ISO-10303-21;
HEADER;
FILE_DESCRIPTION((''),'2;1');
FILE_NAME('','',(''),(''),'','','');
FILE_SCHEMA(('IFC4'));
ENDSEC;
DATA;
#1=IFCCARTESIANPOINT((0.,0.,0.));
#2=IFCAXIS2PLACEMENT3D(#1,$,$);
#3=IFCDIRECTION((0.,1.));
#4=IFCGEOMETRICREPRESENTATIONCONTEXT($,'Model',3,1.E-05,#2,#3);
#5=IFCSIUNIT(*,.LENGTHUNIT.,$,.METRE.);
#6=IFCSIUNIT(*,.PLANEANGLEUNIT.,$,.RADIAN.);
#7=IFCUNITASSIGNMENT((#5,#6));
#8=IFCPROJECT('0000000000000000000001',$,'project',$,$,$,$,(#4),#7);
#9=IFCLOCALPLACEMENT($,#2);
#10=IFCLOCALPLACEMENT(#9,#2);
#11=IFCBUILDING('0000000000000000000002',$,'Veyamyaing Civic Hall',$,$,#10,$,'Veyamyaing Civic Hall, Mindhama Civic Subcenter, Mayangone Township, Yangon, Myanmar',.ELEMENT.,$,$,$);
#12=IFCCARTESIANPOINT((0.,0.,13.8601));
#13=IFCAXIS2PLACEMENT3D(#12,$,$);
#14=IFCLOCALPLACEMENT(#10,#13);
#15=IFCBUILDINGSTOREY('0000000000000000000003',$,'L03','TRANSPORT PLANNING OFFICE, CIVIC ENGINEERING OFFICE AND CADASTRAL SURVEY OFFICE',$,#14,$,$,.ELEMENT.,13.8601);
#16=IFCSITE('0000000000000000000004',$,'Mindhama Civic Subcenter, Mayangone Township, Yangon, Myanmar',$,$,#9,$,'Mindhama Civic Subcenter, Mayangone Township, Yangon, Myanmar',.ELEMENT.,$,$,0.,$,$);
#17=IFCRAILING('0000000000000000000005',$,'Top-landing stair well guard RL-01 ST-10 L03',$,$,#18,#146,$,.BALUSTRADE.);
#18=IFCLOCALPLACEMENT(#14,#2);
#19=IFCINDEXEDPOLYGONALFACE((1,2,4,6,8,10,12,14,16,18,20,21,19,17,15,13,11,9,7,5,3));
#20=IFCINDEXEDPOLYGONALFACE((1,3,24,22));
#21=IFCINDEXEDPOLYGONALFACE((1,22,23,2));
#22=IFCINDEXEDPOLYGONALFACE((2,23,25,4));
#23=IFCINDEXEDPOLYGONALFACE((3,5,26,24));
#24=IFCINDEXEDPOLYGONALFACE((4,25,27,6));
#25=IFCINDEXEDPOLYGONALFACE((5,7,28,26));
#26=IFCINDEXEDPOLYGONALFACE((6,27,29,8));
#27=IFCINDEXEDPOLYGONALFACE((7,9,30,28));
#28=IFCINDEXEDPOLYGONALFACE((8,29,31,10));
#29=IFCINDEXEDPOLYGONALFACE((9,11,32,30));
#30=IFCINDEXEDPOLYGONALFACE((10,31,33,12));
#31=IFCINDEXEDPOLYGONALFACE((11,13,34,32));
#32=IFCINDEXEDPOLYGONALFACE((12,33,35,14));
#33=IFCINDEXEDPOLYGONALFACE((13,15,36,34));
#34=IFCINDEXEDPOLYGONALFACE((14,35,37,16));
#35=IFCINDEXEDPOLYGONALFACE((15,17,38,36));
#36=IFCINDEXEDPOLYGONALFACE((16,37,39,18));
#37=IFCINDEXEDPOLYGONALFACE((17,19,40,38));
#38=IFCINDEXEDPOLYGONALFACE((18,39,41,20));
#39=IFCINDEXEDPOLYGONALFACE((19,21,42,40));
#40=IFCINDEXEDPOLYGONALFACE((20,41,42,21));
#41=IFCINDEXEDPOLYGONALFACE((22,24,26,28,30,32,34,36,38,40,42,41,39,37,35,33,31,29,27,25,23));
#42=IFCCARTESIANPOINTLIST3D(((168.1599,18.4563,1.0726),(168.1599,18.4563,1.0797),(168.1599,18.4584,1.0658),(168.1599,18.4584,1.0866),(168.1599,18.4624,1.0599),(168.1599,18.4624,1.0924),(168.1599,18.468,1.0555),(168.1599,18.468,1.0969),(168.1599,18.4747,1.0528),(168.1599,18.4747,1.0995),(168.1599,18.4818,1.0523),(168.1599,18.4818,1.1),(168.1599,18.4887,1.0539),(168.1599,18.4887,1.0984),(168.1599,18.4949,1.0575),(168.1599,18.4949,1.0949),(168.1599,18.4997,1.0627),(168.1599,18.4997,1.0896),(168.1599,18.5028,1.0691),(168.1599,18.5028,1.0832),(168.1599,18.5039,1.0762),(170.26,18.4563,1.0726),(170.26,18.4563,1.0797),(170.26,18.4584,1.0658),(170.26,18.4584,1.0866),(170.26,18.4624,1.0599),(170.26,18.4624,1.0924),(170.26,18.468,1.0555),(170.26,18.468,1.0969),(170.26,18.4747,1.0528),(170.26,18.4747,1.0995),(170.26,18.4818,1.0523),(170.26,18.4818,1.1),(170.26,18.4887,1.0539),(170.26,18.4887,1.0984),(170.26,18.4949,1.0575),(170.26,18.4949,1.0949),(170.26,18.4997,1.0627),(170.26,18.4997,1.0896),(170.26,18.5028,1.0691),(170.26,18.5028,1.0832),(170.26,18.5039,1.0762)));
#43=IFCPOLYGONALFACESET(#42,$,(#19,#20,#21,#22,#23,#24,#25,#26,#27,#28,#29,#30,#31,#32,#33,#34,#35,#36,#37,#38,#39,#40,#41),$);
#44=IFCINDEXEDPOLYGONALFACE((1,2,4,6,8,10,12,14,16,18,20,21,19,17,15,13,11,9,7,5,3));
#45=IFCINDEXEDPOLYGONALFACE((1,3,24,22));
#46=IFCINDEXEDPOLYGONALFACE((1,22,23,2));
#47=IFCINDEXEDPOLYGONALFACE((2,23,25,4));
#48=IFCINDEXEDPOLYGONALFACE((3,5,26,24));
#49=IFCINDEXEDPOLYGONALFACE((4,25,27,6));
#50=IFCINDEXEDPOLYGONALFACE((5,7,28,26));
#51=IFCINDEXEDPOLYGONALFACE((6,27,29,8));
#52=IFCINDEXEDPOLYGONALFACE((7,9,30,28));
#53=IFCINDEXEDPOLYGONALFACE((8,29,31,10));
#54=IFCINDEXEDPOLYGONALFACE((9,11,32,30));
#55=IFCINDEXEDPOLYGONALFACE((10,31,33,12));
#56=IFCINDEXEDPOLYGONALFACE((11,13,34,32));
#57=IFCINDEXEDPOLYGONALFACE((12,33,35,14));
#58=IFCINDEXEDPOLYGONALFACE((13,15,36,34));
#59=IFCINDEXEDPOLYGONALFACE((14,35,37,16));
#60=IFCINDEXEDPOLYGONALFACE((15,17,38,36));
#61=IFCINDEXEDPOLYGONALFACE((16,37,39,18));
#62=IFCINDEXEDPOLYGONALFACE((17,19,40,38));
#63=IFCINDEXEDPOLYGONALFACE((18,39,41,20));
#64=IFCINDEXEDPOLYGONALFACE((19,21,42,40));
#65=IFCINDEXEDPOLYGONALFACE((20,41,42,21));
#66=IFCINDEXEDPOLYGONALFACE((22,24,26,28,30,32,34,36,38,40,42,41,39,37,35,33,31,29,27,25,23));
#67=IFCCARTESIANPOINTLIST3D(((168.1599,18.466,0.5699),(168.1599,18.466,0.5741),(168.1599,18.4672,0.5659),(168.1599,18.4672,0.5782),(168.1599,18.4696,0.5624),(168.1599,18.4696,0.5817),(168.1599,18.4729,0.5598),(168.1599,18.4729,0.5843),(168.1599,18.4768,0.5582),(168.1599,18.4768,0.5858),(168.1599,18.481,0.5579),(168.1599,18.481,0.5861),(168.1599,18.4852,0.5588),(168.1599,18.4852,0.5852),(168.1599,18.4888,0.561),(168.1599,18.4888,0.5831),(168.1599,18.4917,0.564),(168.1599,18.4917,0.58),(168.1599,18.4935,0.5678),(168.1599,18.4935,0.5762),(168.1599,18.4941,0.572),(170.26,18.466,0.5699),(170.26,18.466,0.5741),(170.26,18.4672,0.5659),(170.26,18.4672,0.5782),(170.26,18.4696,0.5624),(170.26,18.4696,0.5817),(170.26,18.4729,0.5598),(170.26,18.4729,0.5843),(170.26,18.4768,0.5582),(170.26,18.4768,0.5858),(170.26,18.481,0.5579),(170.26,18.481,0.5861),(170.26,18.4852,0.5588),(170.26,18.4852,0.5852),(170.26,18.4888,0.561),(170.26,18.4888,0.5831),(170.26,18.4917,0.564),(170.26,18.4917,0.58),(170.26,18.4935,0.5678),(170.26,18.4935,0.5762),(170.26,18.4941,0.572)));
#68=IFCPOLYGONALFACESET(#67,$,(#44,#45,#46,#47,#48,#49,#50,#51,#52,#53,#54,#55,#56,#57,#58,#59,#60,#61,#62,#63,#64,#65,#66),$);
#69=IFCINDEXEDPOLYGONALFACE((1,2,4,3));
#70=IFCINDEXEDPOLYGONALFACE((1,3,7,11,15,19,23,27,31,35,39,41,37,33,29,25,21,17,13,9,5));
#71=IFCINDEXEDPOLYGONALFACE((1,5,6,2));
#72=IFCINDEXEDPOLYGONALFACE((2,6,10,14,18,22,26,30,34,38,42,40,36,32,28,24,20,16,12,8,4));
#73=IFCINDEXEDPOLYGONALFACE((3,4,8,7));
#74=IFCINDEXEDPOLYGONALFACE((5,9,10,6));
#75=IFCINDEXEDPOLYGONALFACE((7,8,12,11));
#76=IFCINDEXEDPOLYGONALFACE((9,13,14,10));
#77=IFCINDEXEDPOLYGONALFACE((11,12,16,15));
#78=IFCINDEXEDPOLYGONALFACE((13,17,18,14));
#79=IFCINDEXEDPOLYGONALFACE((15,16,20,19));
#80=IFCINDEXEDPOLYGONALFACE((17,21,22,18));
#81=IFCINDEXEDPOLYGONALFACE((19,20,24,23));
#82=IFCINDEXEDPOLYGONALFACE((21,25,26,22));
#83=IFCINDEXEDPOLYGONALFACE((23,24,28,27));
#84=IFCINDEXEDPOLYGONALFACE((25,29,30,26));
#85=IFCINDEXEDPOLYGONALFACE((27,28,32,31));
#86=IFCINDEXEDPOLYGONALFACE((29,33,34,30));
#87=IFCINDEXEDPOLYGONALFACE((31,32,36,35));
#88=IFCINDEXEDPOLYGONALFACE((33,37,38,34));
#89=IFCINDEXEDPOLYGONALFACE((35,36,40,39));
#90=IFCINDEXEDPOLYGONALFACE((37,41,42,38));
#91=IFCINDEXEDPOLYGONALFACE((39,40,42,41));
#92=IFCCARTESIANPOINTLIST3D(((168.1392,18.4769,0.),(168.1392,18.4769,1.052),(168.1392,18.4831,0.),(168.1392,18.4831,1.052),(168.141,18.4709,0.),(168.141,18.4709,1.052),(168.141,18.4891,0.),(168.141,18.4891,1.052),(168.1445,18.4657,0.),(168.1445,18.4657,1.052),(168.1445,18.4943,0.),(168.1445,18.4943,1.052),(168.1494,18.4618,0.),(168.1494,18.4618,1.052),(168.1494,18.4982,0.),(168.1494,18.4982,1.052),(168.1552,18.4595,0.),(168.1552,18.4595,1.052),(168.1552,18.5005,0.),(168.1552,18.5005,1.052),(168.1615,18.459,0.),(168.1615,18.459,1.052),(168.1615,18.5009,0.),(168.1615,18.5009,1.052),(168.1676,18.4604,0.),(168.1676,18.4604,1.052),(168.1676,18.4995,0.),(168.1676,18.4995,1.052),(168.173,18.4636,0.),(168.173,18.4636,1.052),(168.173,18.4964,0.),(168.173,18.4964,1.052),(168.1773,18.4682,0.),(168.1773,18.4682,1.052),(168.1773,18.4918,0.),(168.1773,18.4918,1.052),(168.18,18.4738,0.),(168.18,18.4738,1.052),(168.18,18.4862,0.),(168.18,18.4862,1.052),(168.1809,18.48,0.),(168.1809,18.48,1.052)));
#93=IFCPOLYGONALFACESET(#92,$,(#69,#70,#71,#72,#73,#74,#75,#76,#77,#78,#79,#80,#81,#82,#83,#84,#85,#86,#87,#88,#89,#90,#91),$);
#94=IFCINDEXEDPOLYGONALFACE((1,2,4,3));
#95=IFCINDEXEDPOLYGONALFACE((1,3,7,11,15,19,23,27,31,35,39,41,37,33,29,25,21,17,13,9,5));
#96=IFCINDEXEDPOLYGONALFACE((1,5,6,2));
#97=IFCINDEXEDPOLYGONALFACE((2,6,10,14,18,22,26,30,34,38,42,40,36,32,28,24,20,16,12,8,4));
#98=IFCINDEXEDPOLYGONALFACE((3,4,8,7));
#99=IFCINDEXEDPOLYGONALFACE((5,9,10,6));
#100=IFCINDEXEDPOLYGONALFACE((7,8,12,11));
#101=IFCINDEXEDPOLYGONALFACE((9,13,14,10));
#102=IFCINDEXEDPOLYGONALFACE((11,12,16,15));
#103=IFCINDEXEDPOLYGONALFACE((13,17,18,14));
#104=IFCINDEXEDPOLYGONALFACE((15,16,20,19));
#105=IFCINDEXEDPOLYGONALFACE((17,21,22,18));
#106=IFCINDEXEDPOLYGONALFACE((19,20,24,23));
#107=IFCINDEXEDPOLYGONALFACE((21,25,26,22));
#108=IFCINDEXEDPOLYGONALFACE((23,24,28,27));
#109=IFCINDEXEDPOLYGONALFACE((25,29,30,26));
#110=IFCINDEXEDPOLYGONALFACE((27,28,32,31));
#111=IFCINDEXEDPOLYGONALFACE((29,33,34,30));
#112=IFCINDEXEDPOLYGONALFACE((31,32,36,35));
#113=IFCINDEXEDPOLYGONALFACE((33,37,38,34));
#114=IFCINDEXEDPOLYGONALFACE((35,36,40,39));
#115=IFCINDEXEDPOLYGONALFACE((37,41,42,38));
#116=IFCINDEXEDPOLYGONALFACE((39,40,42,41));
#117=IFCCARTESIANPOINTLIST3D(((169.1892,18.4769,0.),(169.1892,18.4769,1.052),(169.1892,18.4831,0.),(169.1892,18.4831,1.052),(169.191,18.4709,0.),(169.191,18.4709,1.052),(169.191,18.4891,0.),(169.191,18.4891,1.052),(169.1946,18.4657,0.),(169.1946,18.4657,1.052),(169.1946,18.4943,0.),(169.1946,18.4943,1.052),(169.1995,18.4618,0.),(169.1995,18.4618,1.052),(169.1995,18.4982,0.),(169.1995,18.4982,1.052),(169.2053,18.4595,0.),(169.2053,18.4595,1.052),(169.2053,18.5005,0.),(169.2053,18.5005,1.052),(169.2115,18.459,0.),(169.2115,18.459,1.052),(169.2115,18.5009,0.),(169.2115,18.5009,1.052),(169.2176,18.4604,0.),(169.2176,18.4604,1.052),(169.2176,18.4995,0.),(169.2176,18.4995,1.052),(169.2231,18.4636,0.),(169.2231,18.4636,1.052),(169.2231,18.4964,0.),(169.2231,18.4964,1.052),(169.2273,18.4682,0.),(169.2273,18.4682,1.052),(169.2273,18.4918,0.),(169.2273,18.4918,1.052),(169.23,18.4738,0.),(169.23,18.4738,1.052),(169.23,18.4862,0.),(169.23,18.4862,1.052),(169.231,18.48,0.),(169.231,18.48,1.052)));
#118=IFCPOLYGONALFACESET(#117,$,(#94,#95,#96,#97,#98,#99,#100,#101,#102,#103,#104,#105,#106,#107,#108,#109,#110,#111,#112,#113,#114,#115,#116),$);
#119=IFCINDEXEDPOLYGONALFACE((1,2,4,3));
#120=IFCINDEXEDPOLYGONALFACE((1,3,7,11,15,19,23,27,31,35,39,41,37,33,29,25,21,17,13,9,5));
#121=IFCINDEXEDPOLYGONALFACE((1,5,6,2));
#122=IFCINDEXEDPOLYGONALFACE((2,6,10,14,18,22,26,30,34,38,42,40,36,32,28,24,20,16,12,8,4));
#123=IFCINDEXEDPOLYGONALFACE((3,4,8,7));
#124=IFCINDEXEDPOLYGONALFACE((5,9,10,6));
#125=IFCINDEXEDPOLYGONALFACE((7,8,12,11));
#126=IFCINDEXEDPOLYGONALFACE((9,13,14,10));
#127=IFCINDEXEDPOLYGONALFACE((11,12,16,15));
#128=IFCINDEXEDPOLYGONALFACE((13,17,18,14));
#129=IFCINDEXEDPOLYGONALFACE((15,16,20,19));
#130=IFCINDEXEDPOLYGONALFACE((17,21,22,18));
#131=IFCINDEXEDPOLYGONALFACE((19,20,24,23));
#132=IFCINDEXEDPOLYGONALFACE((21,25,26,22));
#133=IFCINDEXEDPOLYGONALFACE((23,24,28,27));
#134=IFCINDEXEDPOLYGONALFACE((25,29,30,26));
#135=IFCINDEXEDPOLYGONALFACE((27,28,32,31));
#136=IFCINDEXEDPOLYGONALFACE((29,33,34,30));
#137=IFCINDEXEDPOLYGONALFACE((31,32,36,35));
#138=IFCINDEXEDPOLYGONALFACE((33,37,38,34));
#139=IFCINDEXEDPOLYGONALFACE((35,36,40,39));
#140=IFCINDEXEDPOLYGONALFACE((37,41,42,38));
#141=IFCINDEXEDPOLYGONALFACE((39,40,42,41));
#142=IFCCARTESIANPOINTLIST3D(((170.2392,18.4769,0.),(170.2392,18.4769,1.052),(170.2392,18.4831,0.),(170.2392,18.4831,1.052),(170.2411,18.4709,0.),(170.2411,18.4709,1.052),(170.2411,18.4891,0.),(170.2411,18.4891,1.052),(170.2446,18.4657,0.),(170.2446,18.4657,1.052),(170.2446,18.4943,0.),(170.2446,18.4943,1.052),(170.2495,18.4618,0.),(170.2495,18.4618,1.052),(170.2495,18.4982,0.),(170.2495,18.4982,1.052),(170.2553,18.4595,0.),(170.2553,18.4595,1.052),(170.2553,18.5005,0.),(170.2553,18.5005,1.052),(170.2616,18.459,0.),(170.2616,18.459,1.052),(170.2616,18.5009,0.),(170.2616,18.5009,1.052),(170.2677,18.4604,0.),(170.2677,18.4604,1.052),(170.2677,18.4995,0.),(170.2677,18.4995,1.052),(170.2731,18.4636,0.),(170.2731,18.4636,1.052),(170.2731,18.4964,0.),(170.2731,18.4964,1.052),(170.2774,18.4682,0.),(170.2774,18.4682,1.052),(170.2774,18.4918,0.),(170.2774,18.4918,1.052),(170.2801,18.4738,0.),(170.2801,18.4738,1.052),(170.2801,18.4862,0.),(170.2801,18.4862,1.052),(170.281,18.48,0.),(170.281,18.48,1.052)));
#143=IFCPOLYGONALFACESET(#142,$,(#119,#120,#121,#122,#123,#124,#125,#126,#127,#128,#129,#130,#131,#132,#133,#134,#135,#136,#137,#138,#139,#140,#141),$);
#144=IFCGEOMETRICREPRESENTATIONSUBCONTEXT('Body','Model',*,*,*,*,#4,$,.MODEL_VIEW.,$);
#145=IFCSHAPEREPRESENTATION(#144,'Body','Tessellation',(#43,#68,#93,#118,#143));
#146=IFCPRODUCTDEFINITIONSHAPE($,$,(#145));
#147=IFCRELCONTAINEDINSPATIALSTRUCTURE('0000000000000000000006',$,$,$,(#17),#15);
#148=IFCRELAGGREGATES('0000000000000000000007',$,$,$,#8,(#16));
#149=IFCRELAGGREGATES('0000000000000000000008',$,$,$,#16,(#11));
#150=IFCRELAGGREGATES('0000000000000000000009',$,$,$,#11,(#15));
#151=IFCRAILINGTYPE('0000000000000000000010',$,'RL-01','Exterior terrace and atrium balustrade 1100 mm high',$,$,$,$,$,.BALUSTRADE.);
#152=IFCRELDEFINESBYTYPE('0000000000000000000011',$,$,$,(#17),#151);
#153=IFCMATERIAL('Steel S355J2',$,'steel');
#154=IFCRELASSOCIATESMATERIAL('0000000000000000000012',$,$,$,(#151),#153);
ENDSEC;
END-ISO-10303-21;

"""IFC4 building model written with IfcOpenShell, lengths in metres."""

from ifc_helpers import new_model, si_unit, direction, frame, origin, origin_2d, place, context, subcontext, project, spatial, circle, extrude, material, type_object, element, save


model = new_model("IFC4")

# Units and contexts
model_context = context("Model", 3, precision=1e-05, world=origin(), true_north=direction((0.0, 1.0)))
body_context = subcontext(model_context, "Body", "Model", "MODEL_VIEW")
ifc_project = project(units=[si_unit("LENGTHUNIT", "METRE"), si_unit("PLANEANGLEUNIT", "RADIAN")], contexts=[model_context])

# Site, building, storey
site_placement = place(None, origin())
site = spatial("IfcSite", under=ifc_project, at=site_placement, Name="Mindhama Civic Subcenter, Mayangone Township, Yangon, Myanmar", LongName="Mindhama Civic Subcenter, Mayangone Township, Yangon, Myanmar", CompositionType="ELEMENT", RefElevation=0.0)
building_placement = place(site_placement, origin())
building = spatial("IfcBuilding", under=site, at=building_placement, Name="Veyamyaing Civic Hall", LongName="Veyamyaing Civic Hall, Mindhama Civic Subcenter, Mayangone Township, Yangon, Myanmar", CompositionType="ELEMENT")
storey_placement = place(building_placement, frame((0.0, 0.0, 13.8601)))
storey = spatial("IfcBuildingStorey", under=building, at=storey_placement, Name="L03", Description="TRANSPORT PLANNING OFFICE, CIVIC ENGINEERING OFFICE AND CADASTRAL SURVEY OFFICE", CompositionType="ELEMENT", Elevation=13.8601)

# Railing
ifc_material_1 = material(Name="Steel S355J2", Category="steel")
railing_type = type_object("IfcRailingType", Name="RL-01", Description="Exterior terrace and atrium balustrade 1100 mm high", PredefinedType="BALUSTRADE", material=ifc_material_1)
railing_placement = place(storey_placement, frame((168.1599, 18.48, 0.0)))
element("IfcRailing", 1, at=railing_placement, inside=storey, type_object=railing_type, Name="Top-landing stair well guard RL-01 ST-10 L03", PredefinedType="BALUSTRADE", context=body_context, shape_type="SweptSolid", body=[
    extrude(circle(Radius=0.0239, at=origin_2d()), frame((0.0, 0.0, 1.0762), z_axis=(1.0, 0.0, 0.0), x_axis=(0.0, 1.0, 0.0)), (0.0, 0.0, 1.0), 2.1001),
    extrude(circle(Radius=0.0142, at=origin_2d()), frame((0.0, 0.0, 0.572), z_axis=(1.0, 0.0, 0.0), x_axis=(0.0, 1.0, 0.0)), (0.0, 0.0, 1.0), 2.1001),
    extrude(circle(Radius=0.021, at=origin_2d()), origin(), (0.0, 0.0, 1.0), 1.052),
    extrude(circle(Radius=0.021, at=origin_2d()), frame((1.05, 0.0, 0.0)), (0.0, 0.0, 1.0), 1.052),
    extrude(circle(Radius=0.021, at=origin_2d()), frame((2.1001, 0.0, 0.0)), (0.0, 0.0, 1.0), 1.052),
])

save(model, "model.ifc")
